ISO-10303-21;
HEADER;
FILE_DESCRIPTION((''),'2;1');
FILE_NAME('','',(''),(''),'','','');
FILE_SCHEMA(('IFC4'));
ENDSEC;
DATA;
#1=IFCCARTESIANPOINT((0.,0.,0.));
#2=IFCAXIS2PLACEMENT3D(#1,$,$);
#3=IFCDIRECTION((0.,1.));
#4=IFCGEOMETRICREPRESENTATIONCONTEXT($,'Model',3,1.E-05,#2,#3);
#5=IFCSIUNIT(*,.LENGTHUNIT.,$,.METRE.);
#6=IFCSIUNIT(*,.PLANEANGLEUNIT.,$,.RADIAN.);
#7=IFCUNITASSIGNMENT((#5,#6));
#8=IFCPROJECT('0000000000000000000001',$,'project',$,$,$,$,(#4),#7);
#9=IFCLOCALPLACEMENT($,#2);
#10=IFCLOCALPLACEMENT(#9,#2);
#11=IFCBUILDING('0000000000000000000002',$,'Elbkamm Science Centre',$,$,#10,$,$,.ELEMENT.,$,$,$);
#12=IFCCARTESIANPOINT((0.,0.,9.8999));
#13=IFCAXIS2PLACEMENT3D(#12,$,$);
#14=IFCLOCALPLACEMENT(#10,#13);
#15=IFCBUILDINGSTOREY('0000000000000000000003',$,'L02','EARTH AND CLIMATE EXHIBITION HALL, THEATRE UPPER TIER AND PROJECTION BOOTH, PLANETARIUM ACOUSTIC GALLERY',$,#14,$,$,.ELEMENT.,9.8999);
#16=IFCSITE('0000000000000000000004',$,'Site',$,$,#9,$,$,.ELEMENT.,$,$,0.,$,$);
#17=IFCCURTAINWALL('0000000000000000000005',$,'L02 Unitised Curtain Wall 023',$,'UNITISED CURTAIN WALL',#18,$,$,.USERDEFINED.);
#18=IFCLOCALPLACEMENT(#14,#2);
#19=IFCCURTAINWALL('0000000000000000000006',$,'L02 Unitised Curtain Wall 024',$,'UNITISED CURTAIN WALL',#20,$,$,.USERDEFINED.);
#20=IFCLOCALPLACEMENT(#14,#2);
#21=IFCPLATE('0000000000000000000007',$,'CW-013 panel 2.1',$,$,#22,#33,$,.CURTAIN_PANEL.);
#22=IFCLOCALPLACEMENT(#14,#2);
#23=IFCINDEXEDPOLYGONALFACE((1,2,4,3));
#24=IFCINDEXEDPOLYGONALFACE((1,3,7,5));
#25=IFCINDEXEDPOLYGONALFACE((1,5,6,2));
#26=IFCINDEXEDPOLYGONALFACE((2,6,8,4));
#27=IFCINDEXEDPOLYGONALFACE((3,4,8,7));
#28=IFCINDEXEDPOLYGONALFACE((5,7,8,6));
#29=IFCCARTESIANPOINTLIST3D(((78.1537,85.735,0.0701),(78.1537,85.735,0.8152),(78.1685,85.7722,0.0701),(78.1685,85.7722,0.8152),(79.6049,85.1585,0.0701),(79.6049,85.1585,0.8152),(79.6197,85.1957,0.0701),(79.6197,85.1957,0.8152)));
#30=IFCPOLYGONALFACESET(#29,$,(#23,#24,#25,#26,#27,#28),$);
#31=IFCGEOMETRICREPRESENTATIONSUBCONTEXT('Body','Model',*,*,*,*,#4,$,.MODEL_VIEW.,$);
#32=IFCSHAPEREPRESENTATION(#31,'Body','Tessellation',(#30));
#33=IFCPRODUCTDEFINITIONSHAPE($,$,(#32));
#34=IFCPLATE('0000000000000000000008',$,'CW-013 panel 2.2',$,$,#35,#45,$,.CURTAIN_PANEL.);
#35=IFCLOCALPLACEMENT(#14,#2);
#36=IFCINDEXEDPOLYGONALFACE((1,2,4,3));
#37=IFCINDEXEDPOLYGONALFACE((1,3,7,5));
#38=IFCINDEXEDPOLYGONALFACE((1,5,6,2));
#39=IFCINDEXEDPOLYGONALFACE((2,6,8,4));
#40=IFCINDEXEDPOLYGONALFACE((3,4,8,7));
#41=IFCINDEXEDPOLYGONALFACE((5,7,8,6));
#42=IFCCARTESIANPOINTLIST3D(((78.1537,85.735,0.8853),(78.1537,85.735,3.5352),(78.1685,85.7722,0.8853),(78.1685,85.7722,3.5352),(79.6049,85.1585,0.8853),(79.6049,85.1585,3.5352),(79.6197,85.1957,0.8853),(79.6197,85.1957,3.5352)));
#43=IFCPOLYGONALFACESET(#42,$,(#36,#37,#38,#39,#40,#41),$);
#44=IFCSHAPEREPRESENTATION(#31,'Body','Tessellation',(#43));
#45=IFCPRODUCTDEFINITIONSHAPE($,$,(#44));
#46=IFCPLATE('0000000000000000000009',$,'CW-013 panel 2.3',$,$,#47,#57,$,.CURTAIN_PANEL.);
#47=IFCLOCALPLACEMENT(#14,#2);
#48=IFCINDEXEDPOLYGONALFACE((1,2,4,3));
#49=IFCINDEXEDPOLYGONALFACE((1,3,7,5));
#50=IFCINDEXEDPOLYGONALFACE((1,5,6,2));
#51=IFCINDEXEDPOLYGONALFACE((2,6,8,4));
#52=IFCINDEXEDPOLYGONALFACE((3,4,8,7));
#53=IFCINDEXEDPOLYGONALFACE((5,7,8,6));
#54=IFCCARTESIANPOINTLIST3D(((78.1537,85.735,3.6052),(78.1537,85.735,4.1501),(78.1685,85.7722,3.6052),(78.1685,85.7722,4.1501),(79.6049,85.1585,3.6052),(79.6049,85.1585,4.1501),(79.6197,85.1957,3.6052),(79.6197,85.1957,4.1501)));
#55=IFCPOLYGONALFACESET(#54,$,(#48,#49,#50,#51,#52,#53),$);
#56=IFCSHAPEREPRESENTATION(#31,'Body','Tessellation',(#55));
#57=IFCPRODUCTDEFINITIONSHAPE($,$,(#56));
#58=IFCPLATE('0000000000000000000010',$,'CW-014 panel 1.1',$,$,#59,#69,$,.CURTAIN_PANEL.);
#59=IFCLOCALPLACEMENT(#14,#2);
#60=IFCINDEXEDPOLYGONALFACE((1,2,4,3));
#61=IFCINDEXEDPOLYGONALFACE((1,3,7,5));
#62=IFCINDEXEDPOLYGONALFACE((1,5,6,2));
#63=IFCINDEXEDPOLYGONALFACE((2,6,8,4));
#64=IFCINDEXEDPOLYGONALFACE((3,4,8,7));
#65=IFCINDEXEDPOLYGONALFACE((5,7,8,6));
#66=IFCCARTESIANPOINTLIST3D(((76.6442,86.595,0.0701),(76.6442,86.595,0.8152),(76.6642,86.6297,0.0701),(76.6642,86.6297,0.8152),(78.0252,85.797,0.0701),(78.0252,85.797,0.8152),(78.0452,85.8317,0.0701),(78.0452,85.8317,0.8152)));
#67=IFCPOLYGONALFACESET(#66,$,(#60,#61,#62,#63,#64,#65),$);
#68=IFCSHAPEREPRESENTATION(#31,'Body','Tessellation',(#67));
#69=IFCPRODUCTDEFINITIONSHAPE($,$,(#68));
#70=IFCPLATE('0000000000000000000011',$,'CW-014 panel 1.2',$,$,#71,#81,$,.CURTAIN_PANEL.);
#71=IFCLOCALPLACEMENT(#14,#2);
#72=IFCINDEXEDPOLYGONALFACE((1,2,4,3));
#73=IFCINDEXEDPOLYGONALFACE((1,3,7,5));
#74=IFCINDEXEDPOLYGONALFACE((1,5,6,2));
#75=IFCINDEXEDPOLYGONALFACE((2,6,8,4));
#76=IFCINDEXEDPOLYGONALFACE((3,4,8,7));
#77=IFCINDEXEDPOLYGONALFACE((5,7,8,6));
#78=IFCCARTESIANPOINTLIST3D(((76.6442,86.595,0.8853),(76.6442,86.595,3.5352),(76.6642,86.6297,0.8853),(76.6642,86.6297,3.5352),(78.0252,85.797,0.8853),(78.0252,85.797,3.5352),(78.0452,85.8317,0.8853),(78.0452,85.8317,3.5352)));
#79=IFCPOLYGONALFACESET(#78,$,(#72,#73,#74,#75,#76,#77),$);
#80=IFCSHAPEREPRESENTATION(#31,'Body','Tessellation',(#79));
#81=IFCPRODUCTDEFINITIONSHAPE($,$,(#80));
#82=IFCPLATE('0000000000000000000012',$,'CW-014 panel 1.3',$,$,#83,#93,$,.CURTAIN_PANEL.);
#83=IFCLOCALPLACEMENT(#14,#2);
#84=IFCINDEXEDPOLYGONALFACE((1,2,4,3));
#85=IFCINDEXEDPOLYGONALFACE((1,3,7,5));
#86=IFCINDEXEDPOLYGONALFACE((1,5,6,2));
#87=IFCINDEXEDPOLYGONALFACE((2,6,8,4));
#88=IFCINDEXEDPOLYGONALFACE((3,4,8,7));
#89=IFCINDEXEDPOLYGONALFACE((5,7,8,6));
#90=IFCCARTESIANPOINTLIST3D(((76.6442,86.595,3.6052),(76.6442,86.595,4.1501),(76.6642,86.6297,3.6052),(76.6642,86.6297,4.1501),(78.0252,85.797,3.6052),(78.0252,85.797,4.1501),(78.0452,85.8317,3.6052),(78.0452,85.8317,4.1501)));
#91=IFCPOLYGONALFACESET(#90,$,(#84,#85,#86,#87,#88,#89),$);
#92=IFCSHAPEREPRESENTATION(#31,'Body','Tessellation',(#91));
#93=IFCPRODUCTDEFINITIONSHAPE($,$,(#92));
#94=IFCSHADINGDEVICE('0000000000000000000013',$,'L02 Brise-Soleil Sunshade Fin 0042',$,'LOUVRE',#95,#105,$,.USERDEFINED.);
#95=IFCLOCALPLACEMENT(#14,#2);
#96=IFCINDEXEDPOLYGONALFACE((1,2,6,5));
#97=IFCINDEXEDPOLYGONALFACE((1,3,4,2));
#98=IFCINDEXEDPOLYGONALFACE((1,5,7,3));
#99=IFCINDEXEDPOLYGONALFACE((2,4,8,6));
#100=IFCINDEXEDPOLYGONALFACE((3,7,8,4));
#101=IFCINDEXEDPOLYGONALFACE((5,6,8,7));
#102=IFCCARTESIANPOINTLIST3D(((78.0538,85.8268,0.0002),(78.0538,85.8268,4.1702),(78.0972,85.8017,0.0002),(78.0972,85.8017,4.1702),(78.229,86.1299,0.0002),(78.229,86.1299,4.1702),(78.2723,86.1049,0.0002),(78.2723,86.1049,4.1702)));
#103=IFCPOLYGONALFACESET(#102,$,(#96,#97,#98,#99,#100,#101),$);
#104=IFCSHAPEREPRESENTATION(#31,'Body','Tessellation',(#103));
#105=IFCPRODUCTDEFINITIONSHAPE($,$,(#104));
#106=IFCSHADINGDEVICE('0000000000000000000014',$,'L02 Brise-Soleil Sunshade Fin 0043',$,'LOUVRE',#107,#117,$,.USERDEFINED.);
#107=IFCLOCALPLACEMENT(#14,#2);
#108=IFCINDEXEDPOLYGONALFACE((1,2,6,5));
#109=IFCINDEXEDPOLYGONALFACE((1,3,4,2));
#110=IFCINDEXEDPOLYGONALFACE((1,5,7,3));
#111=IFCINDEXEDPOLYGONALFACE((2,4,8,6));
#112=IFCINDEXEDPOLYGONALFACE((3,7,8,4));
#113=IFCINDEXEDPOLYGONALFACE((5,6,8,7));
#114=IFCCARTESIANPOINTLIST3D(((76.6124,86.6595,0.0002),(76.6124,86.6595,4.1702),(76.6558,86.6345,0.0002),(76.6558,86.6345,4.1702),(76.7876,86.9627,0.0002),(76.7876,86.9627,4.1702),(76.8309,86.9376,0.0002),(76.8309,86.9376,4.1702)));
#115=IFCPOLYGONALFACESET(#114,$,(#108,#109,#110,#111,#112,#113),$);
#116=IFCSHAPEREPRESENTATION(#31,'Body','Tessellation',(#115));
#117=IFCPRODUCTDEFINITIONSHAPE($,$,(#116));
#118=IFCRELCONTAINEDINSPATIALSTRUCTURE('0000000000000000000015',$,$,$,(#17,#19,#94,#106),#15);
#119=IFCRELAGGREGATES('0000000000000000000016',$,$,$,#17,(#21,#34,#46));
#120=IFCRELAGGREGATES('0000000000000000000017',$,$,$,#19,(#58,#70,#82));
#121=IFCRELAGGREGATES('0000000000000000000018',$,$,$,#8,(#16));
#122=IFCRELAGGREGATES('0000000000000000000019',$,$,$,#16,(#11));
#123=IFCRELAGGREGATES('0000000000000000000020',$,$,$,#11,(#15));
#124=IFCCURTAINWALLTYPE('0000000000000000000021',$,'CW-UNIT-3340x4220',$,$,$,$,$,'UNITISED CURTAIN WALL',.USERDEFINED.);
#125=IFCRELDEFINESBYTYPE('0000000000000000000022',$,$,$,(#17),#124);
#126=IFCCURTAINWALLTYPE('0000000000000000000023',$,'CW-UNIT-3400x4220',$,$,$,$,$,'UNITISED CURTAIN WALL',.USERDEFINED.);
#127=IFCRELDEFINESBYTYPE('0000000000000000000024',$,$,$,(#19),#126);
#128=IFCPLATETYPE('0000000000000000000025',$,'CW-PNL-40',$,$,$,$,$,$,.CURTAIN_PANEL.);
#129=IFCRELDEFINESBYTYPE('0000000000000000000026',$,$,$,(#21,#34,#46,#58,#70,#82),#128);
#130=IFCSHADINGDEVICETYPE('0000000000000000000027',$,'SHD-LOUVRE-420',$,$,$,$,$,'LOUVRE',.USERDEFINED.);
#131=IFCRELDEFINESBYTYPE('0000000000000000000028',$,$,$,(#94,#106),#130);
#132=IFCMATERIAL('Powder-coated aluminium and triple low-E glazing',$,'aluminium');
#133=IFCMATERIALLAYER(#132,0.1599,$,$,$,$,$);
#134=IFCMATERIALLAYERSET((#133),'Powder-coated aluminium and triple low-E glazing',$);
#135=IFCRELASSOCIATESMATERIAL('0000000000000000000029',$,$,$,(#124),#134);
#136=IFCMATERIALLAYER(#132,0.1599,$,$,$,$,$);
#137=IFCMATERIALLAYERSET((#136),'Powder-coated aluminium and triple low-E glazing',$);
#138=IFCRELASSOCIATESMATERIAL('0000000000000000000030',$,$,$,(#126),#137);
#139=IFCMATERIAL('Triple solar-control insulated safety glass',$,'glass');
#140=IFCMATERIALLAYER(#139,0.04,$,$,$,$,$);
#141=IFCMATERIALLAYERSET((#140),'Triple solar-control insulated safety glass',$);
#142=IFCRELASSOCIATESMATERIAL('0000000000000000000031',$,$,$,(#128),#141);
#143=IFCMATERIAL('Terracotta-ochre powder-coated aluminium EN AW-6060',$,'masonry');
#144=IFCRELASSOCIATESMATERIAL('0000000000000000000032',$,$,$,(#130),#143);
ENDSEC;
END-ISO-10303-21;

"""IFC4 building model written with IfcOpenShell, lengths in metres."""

from ifc_helpers import new_model, si_unit, direction, frame, origin, origin_2d, place, context, subcontext, project, spatial, rectangle, extrude, material, layer, layer_set, type_object, element, aggregate, save


model = new_model("IFC4")

# Units and contexts
model_context = context("Model", 3, precision=1e-05, world=origin(), true_north=direction((0.0, 1.0)))
body_context = subcontext(model_context, "Body", "Model", "MODEL_VIEW")
ifc_project = project(units=[si_unit("LENGTHUNIT", "METRE"), si_unit("PLANEANGLEUNIT", "RADIAN")], contexts=[model_context])

# Site, building, storey
site_placement = place(None, origin())
site = spatial("IfcSite", under=ifc_project, at=site_placement, Name="Site", CompositionType="ELEMENT", RefElevation=0.0)
building_placement = place(site_placement, origin())
building = spatial("IfcBuilding", under=site, at=building_placement, Name="Elbkamm Science Centre", CompositionType="ELEMENT")
storey_placement = place(building_placement, frame((0.0, 0.0, 9.8999)))
storey = spatial("IfcBuildingStorey", under=building, at=storey_placement, Name="L02", Description="EARTH AND CLIMATE EXHIBITION HALL, THEATRE UPPER TIER AND PROJECTION BOOTH, PLANETARIUM ACOUSTIC GALLERY", CompositionType="ELEMENT", Elevation=9.8999)

# Shared definitions
ifc_material_1 = material(Name="Powder-coated aluminium and triple low-E glazing", Category="aluminium")
ifc_layer_1 = layer(ifc_material_1, 0.1599)
ifc_layer_set_1 = layer_set([ifc_layer_1], Name="Powder-coated aluminium and triple low-E glazing")
curtain_wall_type_1 = type_object("IfcCurtainWallType", Name="CW-UNIT-3340x4220", ElementType="UNITISED CURTAIN WALL", PredefinedType="USERDEFINED", material=ifc_layer_set_1)

# Curtain walls
curtain_wall_1_placement = place(storey_placement, origin())
curtain_wall_1 = element("IfcCurtainWall", 1, at=curtain_wall_1_placement, inside=storey, type_object=curtain_wall_type_1, Name="L02 Unitised Curtain Wall 023", ObjectType="UNITISED CURTAIN WALL", PredefinedType="USERDEFINED")
ifc_layer_2 = layer(ifc_material_1, 0.1599)
ifc_layer_set_2 = layer_set([ifc_layer_2], Name="Powder-coated aluminium and triple low-E glazing")
curtain_wall_type_2 = type_object("IfcCurtainWallType", Name="CW-UNIT-3400x4220", ElementType="UNITISED CURTAIN WALL", PredefinedType="USERDEFINED", material=ifc_layer_set_2)
curtain_wall_2_placement = place(storey_placement, origin())
curtain_wall_2 = element("IfcCurtainWall", 2, at=curtain_wall_2_placement, inside=storey, type_object=curtain_wall_type_2, Name="L02 Unitised Curtain Wall 024", ObjectType="UNITISED CURTAIN WALL", PredefinedType="USERDEFINED")

# Plates
ifc_material_2 = material(Name="Triple solar-control insulated safety glass", Category="glass")
ifc_layer_3 = layer(ifc_material_2, 0.04)
ifc_layer_set_3 = layer_set([ifc_layer_3], Name="Triple solar-control insulated safety glass")
plate_type = type_object("IfcPlateType", Name="CW-PNL-40", PredefinedType="CURTAIN_PANEL", material=ifc_layer_set_3)
plate_1_placement = place(storey_placement, frame((78.8867, 85.4653, 0.0701), z_axis=(0.0, 0.0, 1.0), x_axis=(-0.929366, 0.36916, 0.0)))
plate_1 = element("IfcPlate", 3, at=plate_1_placement, type_object=plate_type, Name="CW-013 panel 2.1", PredefinedType="CURTAIN_PANEL", context=body_context, shape_type="SweptSolid", body=[
    extrude(rectangle(XDim=1.5615, YDim=0.04, at=origin_2d()), origin(), (0.0, 0.0, 1.0), 0.7451),
])
plate_2_placement = place(storey_placement, frame((78.8867, 85.4653, 0.8853), z_axis=(0.0, 0.0, 1.0), x_axis=(-0.929366, 0.36916, 0.0)))
plate_2 = element("IfcPlate", 4, at=plate_2_placement, type_object=plate_type, Name="CW-013 panel 2.2", PredefinedType="CURTAIN_PANEL", context=body_context, shape_type="SweptSolid", body=[
    extrude(rectangle(XDim=1.5615, YDim=0.04, at=origin_2d()), origin(), (0.0, 0.0, 1.0), 2.6499),
])
plate_3_placement = place(storey_placement, frame((78.8867, 85.4653, 3.6052), z_axis=(0.0, 0.0, 1.0), x_axis=(-0.929366, 0.36916, 0.0)))
plate_3 = element("IfcPlate", 5, at=plate_3_placement, type_object=plate_type, Name="CW-013 panel 2.3", PredefinedType="CURTAIN_PANEL", context=body_context, shape_type="SweptSolid", body=[
    extrude(rectangle(XDim=1.5615, YDim=0.04, at=origin_2d()), origin(), (0.0, 0.0, 1.0), 0.5449),
])
aggregate(curtain_wall_1, [plate_1, plate_2, plate_3])
plate_4_placement = place(storey_placement, frame((77.3447, 86.2134, 0.0701), z_axis=(0.0, 0.0, 1.0), x_axis=(-0.86584, 0.500321, 0.0)))
plate_4 = element("IfcPlate", 6, at=plate_4_placement, type_object=plate_type, Name="CW-014 panel 1.1", PredefinedType="CURTAIN_PANEL", context=body_context, shape_type="SweptSolid", body=[
    extrude(rectangle(XDim=1.595, YDim=0.04, at=origin_2d()), origin(), (0.0, 0.0, 1.0), 0.7451),
])
plate_5_placement = place(storey_placement, frame((77.3447, 86.2134, 0.8853), z_axis=(0.0, 0.0, 1.0), x_axis=(-0.86584, 0.500321, 0.0)))
plate_5 = element("IfcPlate", 7, at=plate_5_placement, type_object=plate_type, Name="CW-014 panel 1.2", PredefinedType="CURTAIN_PANEL", context=body_context, shape_type="SweptSolid", body=[
    extrude(rectangle(XDim=1.595, YDim=0.04, at=origin_2d()), origin(), (0.0, 0.0, 1.0), 2.6499),
])
plate_6_placement = place(storey_placement, frame((77.3447, 86.2134, 3.6052), z_axis=(0.0, 0.0, 1.0), x_axis=(-0.86584, 0.500321, 0.0)))
plate_6 = element("IfcPlate", 8, at=plate_6_placement, type_object=plate_type, Name="CW-014 panel 1.3", PredefinedType="CURTAIN_PANEL", context=body_context, shape_type="SweptSolid", body=[
    extrude(rectangle(XDim=1.595, YDim=0.04, at=origin_2d()), origin(), (0.0, 0.0, 1.0), 0.5449),
])
aggregate(curtain_wall_2, [plate_4, plate_5, plate_6])

# Shading devices
ifc_material_3 = material(Name="Terracotta-ochre powder-coated aluminium EN AW-6060", Category="masonry")
shading_device_type = type_object("IfcShadingDeviceType", Name="SHD-LOUVRE-420", ElementType="LOUVRE", PredefinedType="USERDEFINED", material=ifc_material_3)
for number, where, z_axis, x_axis, name in (
    (9, (78.1631, 85.9658, 0.0002), (0.0, 0.0, 1.0), (0.50032, 0.86584, 0.0), "L02 Brise-Soleil Sunshade Fin 0042"),
    (10, (76.7217, 86.7986, 0.0002), (0.0, 0.0, 1.0), (0.50032, 0.86584, 0.0), "L02 Brise-Soleil Sunshade Fin 0043"),
):
    element("IfcShadingDevice", number, at=place(storey_placement, frame(where, z_axis=z_axis, x_axis=x_axis)), inside=storey, type_object=shading_device_type, Name=name, ObjectType="LOUVRE", PredefinedType="USERDEFINED", context=body_context, shape_type="SweptSolid", body=[
        extrude(rectangle(XDim=0.3501, YDim=0.05, at=origin_2d()), origin(), (0.0, 0.0, 1.0), 4.1699),
    ])

save(model, "model.ifc")
